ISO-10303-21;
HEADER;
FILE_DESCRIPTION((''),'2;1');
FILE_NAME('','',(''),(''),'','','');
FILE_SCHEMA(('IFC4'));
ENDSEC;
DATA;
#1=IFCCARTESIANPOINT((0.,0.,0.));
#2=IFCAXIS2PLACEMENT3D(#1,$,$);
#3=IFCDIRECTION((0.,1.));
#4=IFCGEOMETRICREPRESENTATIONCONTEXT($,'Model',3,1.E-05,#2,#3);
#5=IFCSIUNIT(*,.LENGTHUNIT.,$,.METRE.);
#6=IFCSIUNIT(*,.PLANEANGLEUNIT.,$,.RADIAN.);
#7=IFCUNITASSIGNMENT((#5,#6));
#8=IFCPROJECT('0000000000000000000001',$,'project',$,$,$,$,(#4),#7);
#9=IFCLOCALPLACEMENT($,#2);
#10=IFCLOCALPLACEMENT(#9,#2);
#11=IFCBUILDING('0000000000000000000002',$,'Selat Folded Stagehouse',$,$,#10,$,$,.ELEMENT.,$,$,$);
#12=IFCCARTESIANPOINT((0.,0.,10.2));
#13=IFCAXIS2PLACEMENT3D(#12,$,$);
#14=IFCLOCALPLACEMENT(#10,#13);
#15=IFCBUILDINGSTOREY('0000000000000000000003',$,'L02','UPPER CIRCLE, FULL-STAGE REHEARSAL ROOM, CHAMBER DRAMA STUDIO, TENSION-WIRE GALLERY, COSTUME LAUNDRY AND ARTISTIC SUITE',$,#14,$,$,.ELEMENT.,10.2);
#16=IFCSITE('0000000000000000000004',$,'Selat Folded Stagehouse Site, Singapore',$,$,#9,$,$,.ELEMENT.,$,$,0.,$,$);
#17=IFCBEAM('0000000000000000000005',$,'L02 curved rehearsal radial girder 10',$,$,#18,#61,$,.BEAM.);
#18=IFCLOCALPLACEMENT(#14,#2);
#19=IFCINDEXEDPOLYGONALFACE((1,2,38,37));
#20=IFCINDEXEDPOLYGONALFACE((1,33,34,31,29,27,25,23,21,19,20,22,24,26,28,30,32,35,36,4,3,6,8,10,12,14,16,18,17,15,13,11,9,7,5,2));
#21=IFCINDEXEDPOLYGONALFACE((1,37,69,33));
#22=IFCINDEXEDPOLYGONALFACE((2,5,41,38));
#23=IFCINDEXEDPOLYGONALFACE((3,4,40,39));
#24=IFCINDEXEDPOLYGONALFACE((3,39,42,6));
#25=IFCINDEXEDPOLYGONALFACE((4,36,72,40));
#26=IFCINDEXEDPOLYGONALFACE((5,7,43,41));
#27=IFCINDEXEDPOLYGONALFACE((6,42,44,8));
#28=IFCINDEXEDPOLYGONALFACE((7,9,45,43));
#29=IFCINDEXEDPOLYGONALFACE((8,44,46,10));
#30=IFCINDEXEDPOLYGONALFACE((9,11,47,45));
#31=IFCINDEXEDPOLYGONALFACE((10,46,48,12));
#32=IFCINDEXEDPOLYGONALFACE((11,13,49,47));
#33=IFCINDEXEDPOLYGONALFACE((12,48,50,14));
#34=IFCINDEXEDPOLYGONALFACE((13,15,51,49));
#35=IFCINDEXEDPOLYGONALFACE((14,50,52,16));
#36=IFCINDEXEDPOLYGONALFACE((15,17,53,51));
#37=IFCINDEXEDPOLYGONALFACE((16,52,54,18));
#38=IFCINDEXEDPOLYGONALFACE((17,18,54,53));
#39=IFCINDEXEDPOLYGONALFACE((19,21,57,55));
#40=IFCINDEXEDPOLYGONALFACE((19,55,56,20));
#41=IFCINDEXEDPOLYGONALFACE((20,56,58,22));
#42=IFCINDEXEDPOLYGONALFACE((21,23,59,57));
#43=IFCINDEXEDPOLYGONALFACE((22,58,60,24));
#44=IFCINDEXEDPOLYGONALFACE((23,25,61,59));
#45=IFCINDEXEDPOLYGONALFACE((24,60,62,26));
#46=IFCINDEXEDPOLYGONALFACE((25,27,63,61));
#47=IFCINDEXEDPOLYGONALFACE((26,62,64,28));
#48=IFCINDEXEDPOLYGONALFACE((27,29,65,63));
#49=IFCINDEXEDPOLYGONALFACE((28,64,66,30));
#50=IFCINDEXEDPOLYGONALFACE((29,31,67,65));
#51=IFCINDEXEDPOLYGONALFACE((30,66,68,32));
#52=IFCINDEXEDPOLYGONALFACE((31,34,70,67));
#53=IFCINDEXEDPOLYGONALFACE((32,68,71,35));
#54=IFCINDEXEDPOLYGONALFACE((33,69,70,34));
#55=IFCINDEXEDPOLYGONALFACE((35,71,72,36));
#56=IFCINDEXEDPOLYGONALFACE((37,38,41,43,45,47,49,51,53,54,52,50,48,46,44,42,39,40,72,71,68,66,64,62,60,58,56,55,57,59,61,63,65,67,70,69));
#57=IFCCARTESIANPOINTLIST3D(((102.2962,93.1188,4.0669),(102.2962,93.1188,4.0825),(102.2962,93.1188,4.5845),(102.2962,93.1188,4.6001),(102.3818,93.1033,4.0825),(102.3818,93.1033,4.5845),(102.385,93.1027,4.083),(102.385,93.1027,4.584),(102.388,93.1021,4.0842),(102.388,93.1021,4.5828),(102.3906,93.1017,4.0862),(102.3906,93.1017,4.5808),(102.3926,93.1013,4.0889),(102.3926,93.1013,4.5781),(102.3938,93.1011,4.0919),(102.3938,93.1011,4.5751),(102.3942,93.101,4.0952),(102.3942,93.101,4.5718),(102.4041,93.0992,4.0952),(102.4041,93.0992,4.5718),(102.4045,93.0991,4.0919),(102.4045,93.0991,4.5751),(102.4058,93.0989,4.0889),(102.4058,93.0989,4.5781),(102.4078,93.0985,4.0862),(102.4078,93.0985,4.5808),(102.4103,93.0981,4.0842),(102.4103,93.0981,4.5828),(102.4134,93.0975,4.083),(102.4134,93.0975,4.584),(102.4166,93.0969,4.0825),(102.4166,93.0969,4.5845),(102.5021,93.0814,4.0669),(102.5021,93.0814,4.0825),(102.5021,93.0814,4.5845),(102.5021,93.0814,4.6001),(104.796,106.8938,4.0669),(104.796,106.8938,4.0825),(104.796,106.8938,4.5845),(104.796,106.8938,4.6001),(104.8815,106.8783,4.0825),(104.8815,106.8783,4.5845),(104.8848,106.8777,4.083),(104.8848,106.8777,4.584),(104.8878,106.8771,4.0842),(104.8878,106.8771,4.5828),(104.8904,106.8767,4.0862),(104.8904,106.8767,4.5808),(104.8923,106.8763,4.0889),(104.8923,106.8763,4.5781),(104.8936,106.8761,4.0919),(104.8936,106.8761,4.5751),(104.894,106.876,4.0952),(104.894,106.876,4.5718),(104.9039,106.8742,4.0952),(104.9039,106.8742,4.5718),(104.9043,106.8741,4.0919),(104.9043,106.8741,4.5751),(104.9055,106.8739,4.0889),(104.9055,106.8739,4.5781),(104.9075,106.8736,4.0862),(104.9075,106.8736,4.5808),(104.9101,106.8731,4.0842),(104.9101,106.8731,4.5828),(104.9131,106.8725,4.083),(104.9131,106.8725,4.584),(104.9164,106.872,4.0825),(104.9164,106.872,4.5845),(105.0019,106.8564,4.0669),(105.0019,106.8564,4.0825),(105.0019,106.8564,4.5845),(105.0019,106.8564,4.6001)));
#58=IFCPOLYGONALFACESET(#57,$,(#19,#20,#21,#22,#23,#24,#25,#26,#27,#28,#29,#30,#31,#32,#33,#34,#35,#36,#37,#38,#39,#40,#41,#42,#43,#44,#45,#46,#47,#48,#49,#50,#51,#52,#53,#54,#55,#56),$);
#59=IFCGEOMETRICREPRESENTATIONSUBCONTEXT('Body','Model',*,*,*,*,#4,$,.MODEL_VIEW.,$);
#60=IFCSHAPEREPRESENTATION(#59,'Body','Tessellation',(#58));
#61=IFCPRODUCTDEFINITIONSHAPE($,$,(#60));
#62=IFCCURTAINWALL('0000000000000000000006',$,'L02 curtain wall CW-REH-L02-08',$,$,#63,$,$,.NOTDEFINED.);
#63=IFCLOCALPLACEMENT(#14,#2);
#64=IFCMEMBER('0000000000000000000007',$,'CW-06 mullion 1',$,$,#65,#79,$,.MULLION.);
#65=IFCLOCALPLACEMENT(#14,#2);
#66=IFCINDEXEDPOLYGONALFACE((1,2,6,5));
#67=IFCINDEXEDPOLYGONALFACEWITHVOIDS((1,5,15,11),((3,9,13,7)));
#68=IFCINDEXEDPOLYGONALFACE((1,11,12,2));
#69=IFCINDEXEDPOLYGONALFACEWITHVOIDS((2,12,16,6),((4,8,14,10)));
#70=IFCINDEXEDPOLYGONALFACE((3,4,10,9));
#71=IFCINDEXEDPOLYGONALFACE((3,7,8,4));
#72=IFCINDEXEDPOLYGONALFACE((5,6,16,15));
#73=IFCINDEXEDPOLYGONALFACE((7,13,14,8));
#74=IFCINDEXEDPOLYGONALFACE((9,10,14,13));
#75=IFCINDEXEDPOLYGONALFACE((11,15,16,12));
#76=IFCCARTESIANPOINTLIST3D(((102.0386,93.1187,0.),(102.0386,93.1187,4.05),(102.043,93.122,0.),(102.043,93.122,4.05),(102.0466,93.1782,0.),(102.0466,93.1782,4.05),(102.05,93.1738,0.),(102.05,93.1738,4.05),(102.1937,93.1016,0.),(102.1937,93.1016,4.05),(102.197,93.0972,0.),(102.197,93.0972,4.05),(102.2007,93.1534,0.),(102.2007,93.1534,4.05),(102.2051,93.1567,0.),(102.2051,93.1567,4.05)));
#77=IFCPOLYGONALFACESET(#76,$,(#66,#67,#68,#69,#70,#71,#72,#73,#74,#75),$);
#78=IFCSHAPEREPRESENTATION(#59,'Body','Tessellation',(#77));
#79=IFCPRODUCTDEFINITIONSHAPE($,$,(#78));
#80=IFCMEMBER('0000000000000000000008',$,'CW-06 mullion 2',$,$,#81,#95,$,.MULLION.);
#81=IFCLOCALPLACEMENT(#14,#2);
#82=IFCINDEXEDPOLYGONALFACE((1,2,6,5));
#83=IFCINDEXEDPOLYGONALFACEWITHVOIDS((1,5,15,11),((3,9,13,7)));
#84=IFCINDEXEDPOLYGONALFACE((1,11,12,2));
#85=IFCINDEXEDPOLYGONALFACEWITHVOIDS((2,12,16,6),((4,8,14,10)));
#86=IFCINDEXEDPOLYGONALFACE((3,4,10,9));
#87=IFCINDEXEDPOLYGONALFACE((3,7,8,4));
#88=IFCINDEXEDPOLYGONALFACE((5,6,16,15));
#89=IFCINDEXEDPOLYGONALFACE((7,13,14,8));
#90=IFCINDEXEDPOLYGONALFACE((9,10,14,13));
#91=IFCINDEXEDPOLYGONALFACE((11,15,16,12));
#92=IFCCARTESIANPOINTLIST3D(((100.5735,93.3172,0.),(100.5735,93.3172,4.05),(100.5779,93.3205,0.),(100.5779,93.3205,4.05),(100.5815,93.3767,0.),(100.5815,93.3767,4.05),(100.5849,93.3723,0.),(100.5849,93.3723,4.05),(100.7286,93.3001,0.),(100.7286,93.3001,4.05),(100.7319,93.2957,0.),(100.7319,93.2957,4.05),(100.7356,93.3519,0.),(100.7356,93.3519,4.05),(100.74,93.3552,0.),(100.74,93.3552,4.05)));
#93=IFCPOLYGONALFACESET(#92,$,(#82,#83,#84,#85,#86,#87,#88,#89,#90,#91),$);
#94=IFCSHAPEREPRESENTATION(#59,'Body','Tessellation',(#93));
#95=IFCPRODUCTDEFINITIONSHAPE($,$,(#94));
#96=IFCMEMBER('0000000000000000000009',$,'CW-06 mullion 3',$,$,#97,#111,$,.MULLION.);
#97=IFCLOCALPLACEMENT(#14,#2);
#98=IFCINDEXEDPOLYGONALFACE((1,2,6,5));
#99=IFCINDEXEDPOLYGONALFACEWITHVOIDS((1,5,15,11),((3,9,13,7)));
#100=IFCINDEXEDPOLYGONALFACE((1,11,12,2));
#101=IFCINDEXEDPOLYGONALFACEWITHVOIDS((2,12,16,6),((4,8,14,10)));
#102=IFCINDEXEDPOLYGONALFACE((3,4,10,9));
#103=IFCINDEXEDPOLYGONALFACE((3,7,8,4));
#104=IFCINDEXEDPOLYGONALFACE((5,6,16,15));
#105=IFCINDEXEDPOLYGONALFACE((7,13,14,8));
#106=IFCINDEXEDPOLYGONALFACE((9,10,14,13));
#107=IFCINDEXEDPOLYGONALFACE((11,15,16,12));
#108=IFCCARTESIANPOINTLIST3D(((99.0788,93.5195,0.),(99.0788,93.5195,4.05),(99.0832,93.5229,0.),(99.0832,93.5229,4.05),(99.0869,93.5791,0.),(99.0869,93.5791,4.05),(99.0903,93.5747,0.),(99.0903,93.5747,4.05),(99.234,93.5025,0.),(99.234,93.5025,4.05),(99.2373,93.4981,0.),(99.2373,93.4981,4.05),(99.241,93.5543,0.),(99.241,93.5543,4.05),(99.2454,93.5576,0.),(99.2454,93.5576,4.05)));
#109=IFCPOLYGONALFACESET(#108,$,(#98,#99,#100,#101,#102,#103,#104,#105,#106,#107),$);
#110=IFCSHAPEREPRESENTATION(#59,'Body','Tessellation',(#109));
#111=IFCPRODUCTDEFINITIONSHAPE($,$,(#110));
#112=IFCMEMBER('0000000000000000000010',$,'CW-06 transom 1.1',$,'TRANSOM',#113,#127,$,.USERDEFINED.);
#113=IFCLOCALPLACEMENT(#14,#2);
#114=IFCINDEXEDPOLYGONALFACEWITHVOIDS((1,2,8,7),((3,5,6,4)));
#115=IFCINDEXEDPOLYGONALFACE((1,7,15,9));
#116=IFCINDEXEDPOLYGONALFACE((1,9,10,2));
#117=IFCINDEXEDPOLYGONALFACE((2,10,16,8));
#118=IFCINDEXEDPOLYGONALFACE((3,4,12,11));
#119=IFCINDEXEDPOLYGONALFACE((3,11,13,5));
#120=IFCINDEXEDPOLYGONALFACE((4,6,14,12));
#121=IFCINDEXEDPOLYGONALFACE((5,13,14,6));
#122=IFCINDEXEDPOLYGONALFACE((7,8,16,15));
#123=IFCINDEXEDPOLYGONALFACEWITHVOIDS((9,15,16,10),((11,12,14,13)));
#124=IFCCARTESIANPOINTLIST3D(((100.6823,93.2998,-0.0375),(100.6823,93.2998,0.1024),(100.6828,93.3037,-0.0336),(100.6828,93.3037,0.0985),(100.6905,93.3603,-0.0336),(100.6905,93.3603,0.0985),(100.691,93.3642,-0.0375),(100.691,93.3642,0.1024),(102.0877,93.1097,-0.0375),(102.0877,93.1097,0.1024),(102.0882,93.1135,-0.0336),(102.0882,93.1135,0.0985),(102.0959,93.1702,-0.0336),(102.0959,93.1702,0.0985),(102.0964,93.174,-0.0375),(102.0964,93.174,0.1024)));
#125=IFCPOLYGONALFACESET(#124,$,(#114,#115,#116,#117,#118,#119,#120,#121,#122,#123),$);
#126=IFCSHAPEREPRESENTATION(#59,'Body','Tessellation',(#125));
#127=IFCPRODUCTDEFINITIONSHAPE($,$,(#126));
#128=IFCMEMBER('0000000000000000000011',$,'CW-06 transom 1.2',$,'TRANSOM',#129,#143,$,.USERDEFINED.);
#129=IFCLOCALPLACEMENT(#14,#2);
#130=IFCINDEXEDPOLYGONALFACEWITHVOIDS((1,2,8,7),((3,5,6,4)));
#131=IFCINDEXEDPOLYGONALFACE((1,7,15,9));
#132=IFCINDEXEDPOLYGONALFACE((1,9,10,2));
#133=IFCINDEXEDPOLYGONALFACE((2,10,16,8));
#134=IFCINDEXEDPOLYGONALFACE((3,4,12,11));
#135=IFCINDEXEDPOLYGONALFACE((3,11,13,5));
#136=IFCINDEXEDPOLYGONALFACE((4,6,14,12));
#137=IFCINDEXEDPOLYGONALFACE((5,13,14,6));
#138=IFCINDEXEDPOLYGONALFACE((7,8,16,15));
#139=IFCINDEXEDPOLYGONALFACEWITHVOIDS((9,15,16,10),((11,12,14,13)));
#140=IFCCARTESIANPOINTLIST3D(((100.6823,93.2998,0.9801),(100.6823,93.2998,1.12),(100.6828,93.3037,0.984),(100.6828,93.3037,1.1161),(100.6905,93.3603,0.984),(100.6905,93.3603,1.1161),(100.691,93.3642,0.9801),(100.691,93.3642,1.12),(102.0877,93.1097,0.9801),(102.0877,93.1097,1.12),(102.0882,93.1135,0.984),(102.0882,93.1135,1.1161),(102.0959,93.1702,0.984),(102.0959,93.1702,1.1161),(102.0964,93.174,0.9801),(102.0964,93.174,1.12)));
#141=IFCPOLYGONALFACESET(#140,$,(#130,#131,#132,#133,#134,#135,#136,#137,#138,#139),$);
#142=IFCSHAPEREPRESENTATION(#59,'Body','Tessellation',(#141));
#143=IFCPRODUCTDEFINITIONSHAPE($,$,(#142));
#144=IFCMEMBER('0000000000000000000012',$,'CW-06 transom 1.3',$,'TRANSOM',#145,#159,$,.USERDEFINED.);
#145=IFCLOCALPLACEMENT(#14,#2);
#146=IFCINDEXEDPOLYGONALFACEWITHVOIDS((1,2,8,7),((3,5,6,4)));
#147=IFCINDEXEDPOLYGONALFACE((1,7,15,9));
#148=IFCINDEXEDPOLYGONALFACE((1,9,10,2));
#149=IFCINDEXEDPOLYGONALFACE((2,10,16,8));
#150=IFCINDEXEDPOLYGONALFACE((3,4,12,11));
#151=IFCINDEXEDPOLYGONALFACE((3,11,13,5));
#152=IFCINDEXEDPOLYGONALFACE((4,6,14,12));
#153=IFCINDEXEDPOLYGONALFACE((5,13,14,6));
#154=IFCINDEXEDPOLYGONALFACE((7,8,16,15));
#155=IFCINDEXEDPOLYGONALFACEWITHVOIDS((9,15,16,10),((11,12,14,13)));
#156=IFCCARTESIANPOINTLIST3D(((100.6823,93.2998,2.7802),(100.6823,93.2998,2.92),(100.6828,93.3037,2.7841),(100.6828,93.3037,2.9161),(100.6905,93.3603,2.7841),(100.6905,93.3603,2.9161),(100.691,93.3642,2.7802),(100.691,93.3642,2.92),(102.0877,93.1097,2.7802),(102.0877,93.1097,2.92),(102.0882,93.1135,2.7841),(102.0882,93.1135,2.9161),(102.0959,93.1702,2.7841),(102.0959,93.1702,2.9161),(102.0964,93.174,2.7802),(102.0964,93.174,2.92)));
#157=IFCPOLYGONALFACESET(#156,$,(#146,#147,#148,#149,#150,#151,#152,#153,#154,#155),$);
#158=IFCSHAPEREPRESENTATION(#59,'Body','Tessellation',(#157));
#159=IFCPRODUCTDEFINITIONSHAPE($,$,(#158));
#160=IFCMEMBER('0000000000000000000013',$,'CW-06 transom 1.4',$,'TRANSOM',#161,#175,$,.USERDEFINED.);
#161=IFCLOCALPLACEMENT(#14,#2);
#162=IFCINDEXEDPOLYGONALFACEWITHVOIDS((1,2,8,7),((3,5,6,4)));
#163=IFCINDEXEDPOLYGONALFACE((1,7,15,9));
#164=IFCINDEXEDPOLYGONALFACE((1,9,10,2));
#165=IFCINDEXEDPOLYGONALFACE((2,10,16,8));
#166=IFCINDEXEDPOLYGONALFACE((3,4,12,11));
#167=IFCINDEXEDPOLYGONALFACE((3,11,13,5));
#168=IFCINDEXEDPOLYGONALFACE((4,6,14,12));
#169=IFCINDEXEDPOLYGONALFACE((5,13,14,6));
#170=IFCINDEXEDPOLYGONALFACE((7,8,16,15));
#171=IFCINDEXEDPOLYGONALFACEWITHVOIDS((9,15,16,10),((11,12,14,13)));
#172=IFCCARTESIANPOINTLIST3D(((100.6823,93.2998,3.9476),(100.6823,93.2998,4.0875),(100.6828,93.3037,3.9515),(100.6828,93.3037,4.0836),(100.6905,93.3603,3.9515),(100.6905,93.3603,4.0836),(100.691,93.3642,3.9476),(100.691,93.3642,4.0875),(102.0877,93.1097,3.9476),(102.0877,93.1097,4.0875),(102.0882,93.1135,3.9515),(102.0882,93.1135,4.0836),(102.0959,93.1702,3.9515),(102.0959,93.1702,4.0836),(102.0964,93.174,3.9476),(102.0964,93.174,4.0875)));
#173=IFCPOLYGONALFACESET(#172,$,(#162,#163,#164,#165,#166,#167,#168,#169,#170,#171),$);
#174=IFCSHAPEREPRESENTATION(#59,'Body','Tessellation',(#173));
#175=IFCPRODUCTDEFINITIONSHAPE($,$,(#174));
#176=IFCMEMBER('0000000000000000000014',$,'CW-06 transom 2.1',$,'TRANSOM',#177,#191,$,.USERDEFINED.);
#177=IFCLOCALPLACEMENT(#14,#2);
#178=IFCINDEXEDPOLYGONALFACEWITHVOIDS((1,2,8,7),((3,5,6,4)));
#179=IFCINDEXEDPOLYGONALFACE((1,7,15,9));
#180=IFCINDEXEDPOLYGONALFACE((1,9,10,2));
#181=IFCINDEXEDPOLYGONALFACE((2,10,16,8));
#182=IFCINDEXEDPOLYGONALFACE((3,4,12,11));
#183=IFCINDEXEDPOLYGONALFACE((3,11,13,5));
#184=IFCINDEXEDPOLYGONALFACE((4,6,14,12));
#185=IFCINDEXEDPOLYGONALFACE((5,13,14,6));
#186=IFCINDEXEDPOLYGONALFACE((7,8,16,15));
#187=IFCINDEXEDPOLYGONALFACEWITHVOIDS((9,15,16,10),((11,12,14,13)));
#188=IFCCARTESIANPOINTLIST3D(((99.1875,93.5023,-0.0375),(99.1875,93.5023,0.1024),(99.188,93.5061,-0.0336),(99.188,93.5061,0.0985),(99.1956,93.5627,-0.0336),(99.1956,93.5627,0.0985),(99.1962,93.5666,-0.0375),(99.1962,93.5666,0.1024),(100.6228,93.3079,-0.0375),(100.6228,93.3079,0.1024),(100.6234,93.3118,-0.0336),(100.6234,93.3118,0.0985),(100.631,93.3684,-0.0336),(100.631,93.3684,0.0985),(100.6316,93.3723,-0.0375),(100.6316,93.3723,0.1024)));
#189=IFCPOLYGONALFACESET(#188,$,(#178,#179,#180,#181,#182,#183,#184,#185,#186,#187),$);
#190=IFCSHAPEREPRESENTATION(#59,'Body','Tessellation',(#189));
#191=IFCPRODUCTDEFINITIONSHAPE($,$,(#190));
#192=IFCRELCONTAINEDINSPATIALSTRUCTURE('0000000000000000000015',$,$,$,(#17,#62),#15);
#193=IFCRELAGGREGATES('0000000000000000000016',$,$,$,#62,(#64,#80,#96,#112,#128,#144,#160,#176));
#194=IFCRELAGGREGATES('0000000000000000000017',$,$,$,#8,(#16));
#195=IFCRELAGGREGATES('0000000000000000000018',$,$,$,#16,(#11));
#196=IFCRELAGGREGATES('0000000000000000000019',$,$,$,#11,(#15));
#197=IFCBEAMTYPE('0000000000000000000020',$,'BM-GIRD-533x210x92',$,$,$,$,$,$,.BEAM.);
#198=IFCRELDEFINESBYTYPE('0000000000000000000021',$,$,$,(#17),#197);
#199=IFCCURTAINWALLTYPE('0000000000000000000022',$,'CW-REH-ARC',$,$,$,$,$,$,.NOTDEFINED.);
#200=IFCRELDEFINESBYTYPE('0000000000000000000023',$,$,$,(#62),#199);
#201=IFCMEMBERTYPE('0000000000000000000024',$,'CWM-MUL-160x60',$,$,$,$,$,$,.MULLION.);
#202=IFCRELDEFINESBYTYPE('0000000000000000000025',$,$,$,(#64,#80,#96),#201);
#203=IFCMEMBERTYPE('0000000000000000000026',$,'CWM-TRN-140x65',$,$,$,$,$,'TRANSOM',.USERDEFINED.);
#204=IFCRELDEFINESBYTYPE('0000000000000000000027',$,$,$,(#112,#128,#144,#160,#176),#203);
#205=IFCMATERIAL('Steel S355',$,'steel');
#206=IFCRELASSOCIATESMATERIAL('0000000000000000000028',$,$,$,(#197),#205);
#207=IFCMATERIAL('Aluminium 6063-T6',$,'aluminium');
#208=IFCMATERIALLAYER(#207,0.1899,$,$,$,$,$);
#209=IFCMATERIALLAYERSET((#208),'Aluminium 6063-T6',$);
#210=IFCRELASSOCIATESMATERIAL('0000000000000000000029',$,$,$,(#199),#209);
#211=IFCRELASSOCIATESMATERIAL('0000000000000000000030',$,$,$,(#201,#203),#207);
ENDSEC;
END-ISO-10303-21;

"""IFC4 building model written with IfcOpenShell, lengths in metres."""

from ifc_helpers import new_model, si_unit, direction, frame, origin, origin_2d, place, context, subcontext, project, spatial, hollow_rectangle, i_section, extrude, material, layer, layer_set, material_profile, profile_set, type_object, element, aggregate, save


model = new_model("IFC4")

# Units and contexts
model_context = context("Model", 3, precision=1e-05, world=origin(), true_north=direction((0.0, 1.0)))
body_context = subcontext(model_context, "Body", "Model", "MODEL_VIEW")
ifc_project = project(units=[si_unit("LENGTHUNIT", "METRE"), si_unit("PLANEANGLEUNIT", "RADIAN")], contexts=[model_context])

# Site, building, storey
site_placement = place(None, origin())
site = spatial("IfcSite", under=ifc_project, at=site_placement, Name="Selat Folded Stagehouse Site, Singapore", CompositionType="ELEMENT", RefElevation=0.0)
building_placement = place(site_placement, origin())
building = spatial("IfcBuilding", under=site, at=building_placement, Name="Selat Folded Stagehouse", CompositionType="ELEMENT")
storey_placement = place(building_placement, frame((0.0, 0.0, 10.2)))
storey = spatial("IfcBuildingStorey", under=building, at=storey_placement, Name="L02", Description="UPPER CIRCLE, FULL-STAGE REHEARSAL ROOM, CHAMBER DRAMA STUDIO, TENSION-WIRE GALLERY, COSTUME LAUNDRY AND ARTISTIC SUITE", CompositionType="ELEMENT", Elevation=10.2)

# Beam
ifc_material_1 = material(Name="Steel S355", Category="steel")
ifc_material_profile_1 = material_profile(ifc_material_1, i_section(OverallWidth=0.2092, OverallDepth=0.5332, WebThickness=0.01, FlangeThickness=0.0156, FilletRadius=0.0127, at=origin_2d()), Name="UKB 533x210x92")
ifc_profile_set_1 = profile_set([ifc_material_profile_1], Name="Steel S355")
beam_type = type_object("IfcBeamType", Name="BM-GIRD-533x210x92", PredefinedType="BEAM", material=ifc_profile_set_1)
beam_placement = place(storey_placement, frame((102.3992, 93.1001, 4.3335), z_axis=(0.178555, 0.98393, 0.0), x_axis=(-0.98393, 0.178555, 0.0)))
element("IfcBeam", 1, at=beam_placement, inside=storey, type_object=beam_type, Name="L02 curved rehearsal radial girder 10", PredefinedType="BEAM", context=body_context, shape_type="SweptSolid", body=[
    extrude(i_section(OverallWidth=0.2092, OverallDepth=0.5332, WebThickness=0.01, FlangeThickness=0.0156, FilletRadius=0.0127, at=origin_2d()), origin(), (0.0, 0.0, 1.0), 14.0),
])

# Curtain wall, members
ifc_material_2 = material(Name="Aluminium 6063-T6", Category="aluminium")
ifc_layer_1 = layer(ifc_material_2, 0.1899)
ifc_layer_set_1 = layer_set([ifc_layer_1], Name="Aluminium 6063-T6")
curtain_wall_type = type_object("IfcCurtainWallType", Name="CW-REH-ARC", PredefinedType="NOTDEFINED", material=ifc_layer_set_1)
curtain_wall_placement = place(storey_placement, origin())
curtain_wall = element("IfcCurtainWall", 2, at=curtain_wall_placement, inside=storey, type_object=curtain_wall_type, Name="L02 curtain wall CW-REH-L02-08", PredefinedType="NOTDEFINED")
ifc_material_profile_2 = material_profile(ifc_material_2, hollow_rectangle(XDim=0.0601, YDim=0.1599, WallThickness=0.0039, at=origin_2d()), Name="ALU 160x60x4.0")
ifc_profile_set_2 = profile_set([ifc_material_profile_2], Name="Aluminium 6063-T6")
member_type_1 = type_object("IfcMemberType", Name="CWM-MUL-160x60", PredefinedType="MULLION", material=ifc_profile_set_2)
member_1_placement = place(storey_placement, frame((102.1218, 93.1377, 0.0), z_axis=(0.0, 0.0, 1.0), x_axis=(-0.134212, -0.990953, 0.0)))
member_1 = element("IfcMember", 3, at=member_1_placement, type_object=member_type_1, Name="CW-06 mullion 1", PredefinedType="MULLION", context=body_context, shape_type="SweptSolid", body=[
    extrude(hollow_rectangle(XDim=0.0601, YDim=0.1599, WallThickness=0.0039, at=origin_2d()), origin(), (0.0, 0.0, 1.0), 4.05),
])
member_2_placement = place(storey_placement, frame((100.6567, 93.3362, 0.0), z_axis=(0.0, 0.0, 1.0), x_axis=(-0.134212, -0.990953, 0.0)))
member_2 = element("IfcMember", 4, at=member_2_placement, type_object=member_type_1, Name="CW-06 mullion 2", PredefinedType="MULLION", context=body_context, shape_type="SweptSolid", body=[
    extrude(hollow_rectangle(XDim=0.0601, YDim=0.1599, WallThickness=0.0039, at=origin_2d()), origin(), (0.0, 0.0, 1.0), 4.05),
])
member_3_placement = place(storey_placement, frame((99.1621, 93.5386, 0.0), z_axis=(0.0, 0.0, 1.0), x_axis=(-0.134212, -0.990953, 0.0)))
member_3 = element("IfcMember", 5, at=member_3_placement, type_object=member_type_1, Name="CW-06 mullion 3", PredefinedType="MULLION", context=body_context, shape_type="SweptSolid", body=[
    extrude(hollow_rectangle(XDim=0.0601, YDim=0.1599, WallThickness=0.0039, at=origin_2d()), origin(), (0.0, 0.0, 1.0), 4.05),
])
ifc_material_profile_3 = material_profile(ifc_material_2, hollow_rectangle(XDim=0.0649, YDim=0.1399, WallThickness=0.0039, at=origin_2d()), Name="ALU 140x65x4.0")
ifc_profile_set_3 = profile_set([ifc_material_profile_3], Name="Aluminium 6063-T6")
member_type_2 = type_object("IfcMemberType", Name="CWM-TRN-140x65", ElementType="TRANSOM", PredefinedType="USERDEFINED", material=ifc_profile_set_3)
member_4_placement = place(storey_placement, frame((102.092, 93.1418, 0.0325), z_axis=(-0.990969, 0.134092, 0.0), x_axis=(-0.134092, -0.990969, 0.0)))
member_4 = element("IfcMember", 6, at=member_4_placement, type_object=member_type_2, Name="CW-06 transom 1.1", ObjectType="TRANSOM", PredefinedType="USERDEFINED", context=body_context, shape_type="SweptSolid", body=[
    extrude(hollow_rectangle(XDim=0.0649, YDim=0.1399, WallThickness=0.0039, at=origin_2d()), origin(), (0.0, 0.0, 1.0), 1.4182),
])
member_5_placement = place(storey_placement, frame((102.092, 93.1418, 1.05), z_axis=(-0.990969, 0.134092, 0.0), x_axis=(-0.134092, -0.990969, 0.0)))
member_5 = element("IfcMember", 7, at=member_5_placement, type_object=member_type_2, Name="CW-06 transom 1.2", ObjectType="TRANSOM", PredefinedType="USERDEFINED", context=body_context, shape_type="SweptSolid", body=[
    extrude(hollow_rectangle(XDim=0.0649, YDim=0.1399, WallThickness=0.0039, at=origin_2d()), origin(), (0.0, 0.0, 1.0), 1.4182),
])
member_6_placement = place(storey_placement, frame((102.092, 93.1418, 2.8501), z_axis=(-0.990969, 0.134092, 0.0), x_axis=(-0.134092, -0.990969, 0.0)))
member_6 = element("IfcMember", 8, at=member_6_placement, type_object=member_type_2, Name="CW-06 transom 1.3", ObjectType="TRANSOM", PredefinedType="USERDEFINED", context=body_context, shape_type="SweptSolid", body=[
    extrude(hollow_rectangle(XDim=0.0649, YDim=0.1399, WallThickness=0.0039, at=origin_2d()), origin(), (0.0, 0.0, 1.0), 1.4182),
])
member_7_placement = place(storey_placement, frame((102.092, 93.1418, 4.0176), z_axis=(-0.990969, 0.134092, 0.0), x_axis=(-0.134092, -0.990969, 0.0)))
member_7 = element("IfcMember", 9, at=member_7_placement, type_object=member_type_2, Name="CW-06 transom 1.4", ObjectType="TRANSOM", PredefinedType="USERDEFINED", context=body_context, shape_type="SweptSolid", body=[
    extrude(hollow_rectangle(XDim=0.0649, YDim=0.1399, WallThickness=0.0039, at=origin_2d()), origin(), (0.0, 0.0, 1.0), 1.4182),
])
member_8_placement = place(storey_placement, frame((100.6272, 93.3401, 0.0325), z_axis=(-0.990958, 0.134173, 0.0), x_axis=(-0.134173, -0.990958, 0.0)))
member_8 = element("IfcMember", 10, at=member_8_placement, type_object=member_type_2, Name="CW-06 transom 2.1", ObjectType="TRANSOM", PredefinedType="USERDEFINED", context=body_context, shape_type="SweptSolid", body=[
    extrude(hollow_rectangle(XDim=0.0649, YDim=0.1399, WallThickness=0.0039, at=origin_2d()), origin(), (0.0, 0.0, 1.0), 1.4485),
])
aggregate(curtain_wall, [member_1, member_2, member_3, member_4, member_5, member_6, member_7, member_8])

save(model, "model.ifc")
